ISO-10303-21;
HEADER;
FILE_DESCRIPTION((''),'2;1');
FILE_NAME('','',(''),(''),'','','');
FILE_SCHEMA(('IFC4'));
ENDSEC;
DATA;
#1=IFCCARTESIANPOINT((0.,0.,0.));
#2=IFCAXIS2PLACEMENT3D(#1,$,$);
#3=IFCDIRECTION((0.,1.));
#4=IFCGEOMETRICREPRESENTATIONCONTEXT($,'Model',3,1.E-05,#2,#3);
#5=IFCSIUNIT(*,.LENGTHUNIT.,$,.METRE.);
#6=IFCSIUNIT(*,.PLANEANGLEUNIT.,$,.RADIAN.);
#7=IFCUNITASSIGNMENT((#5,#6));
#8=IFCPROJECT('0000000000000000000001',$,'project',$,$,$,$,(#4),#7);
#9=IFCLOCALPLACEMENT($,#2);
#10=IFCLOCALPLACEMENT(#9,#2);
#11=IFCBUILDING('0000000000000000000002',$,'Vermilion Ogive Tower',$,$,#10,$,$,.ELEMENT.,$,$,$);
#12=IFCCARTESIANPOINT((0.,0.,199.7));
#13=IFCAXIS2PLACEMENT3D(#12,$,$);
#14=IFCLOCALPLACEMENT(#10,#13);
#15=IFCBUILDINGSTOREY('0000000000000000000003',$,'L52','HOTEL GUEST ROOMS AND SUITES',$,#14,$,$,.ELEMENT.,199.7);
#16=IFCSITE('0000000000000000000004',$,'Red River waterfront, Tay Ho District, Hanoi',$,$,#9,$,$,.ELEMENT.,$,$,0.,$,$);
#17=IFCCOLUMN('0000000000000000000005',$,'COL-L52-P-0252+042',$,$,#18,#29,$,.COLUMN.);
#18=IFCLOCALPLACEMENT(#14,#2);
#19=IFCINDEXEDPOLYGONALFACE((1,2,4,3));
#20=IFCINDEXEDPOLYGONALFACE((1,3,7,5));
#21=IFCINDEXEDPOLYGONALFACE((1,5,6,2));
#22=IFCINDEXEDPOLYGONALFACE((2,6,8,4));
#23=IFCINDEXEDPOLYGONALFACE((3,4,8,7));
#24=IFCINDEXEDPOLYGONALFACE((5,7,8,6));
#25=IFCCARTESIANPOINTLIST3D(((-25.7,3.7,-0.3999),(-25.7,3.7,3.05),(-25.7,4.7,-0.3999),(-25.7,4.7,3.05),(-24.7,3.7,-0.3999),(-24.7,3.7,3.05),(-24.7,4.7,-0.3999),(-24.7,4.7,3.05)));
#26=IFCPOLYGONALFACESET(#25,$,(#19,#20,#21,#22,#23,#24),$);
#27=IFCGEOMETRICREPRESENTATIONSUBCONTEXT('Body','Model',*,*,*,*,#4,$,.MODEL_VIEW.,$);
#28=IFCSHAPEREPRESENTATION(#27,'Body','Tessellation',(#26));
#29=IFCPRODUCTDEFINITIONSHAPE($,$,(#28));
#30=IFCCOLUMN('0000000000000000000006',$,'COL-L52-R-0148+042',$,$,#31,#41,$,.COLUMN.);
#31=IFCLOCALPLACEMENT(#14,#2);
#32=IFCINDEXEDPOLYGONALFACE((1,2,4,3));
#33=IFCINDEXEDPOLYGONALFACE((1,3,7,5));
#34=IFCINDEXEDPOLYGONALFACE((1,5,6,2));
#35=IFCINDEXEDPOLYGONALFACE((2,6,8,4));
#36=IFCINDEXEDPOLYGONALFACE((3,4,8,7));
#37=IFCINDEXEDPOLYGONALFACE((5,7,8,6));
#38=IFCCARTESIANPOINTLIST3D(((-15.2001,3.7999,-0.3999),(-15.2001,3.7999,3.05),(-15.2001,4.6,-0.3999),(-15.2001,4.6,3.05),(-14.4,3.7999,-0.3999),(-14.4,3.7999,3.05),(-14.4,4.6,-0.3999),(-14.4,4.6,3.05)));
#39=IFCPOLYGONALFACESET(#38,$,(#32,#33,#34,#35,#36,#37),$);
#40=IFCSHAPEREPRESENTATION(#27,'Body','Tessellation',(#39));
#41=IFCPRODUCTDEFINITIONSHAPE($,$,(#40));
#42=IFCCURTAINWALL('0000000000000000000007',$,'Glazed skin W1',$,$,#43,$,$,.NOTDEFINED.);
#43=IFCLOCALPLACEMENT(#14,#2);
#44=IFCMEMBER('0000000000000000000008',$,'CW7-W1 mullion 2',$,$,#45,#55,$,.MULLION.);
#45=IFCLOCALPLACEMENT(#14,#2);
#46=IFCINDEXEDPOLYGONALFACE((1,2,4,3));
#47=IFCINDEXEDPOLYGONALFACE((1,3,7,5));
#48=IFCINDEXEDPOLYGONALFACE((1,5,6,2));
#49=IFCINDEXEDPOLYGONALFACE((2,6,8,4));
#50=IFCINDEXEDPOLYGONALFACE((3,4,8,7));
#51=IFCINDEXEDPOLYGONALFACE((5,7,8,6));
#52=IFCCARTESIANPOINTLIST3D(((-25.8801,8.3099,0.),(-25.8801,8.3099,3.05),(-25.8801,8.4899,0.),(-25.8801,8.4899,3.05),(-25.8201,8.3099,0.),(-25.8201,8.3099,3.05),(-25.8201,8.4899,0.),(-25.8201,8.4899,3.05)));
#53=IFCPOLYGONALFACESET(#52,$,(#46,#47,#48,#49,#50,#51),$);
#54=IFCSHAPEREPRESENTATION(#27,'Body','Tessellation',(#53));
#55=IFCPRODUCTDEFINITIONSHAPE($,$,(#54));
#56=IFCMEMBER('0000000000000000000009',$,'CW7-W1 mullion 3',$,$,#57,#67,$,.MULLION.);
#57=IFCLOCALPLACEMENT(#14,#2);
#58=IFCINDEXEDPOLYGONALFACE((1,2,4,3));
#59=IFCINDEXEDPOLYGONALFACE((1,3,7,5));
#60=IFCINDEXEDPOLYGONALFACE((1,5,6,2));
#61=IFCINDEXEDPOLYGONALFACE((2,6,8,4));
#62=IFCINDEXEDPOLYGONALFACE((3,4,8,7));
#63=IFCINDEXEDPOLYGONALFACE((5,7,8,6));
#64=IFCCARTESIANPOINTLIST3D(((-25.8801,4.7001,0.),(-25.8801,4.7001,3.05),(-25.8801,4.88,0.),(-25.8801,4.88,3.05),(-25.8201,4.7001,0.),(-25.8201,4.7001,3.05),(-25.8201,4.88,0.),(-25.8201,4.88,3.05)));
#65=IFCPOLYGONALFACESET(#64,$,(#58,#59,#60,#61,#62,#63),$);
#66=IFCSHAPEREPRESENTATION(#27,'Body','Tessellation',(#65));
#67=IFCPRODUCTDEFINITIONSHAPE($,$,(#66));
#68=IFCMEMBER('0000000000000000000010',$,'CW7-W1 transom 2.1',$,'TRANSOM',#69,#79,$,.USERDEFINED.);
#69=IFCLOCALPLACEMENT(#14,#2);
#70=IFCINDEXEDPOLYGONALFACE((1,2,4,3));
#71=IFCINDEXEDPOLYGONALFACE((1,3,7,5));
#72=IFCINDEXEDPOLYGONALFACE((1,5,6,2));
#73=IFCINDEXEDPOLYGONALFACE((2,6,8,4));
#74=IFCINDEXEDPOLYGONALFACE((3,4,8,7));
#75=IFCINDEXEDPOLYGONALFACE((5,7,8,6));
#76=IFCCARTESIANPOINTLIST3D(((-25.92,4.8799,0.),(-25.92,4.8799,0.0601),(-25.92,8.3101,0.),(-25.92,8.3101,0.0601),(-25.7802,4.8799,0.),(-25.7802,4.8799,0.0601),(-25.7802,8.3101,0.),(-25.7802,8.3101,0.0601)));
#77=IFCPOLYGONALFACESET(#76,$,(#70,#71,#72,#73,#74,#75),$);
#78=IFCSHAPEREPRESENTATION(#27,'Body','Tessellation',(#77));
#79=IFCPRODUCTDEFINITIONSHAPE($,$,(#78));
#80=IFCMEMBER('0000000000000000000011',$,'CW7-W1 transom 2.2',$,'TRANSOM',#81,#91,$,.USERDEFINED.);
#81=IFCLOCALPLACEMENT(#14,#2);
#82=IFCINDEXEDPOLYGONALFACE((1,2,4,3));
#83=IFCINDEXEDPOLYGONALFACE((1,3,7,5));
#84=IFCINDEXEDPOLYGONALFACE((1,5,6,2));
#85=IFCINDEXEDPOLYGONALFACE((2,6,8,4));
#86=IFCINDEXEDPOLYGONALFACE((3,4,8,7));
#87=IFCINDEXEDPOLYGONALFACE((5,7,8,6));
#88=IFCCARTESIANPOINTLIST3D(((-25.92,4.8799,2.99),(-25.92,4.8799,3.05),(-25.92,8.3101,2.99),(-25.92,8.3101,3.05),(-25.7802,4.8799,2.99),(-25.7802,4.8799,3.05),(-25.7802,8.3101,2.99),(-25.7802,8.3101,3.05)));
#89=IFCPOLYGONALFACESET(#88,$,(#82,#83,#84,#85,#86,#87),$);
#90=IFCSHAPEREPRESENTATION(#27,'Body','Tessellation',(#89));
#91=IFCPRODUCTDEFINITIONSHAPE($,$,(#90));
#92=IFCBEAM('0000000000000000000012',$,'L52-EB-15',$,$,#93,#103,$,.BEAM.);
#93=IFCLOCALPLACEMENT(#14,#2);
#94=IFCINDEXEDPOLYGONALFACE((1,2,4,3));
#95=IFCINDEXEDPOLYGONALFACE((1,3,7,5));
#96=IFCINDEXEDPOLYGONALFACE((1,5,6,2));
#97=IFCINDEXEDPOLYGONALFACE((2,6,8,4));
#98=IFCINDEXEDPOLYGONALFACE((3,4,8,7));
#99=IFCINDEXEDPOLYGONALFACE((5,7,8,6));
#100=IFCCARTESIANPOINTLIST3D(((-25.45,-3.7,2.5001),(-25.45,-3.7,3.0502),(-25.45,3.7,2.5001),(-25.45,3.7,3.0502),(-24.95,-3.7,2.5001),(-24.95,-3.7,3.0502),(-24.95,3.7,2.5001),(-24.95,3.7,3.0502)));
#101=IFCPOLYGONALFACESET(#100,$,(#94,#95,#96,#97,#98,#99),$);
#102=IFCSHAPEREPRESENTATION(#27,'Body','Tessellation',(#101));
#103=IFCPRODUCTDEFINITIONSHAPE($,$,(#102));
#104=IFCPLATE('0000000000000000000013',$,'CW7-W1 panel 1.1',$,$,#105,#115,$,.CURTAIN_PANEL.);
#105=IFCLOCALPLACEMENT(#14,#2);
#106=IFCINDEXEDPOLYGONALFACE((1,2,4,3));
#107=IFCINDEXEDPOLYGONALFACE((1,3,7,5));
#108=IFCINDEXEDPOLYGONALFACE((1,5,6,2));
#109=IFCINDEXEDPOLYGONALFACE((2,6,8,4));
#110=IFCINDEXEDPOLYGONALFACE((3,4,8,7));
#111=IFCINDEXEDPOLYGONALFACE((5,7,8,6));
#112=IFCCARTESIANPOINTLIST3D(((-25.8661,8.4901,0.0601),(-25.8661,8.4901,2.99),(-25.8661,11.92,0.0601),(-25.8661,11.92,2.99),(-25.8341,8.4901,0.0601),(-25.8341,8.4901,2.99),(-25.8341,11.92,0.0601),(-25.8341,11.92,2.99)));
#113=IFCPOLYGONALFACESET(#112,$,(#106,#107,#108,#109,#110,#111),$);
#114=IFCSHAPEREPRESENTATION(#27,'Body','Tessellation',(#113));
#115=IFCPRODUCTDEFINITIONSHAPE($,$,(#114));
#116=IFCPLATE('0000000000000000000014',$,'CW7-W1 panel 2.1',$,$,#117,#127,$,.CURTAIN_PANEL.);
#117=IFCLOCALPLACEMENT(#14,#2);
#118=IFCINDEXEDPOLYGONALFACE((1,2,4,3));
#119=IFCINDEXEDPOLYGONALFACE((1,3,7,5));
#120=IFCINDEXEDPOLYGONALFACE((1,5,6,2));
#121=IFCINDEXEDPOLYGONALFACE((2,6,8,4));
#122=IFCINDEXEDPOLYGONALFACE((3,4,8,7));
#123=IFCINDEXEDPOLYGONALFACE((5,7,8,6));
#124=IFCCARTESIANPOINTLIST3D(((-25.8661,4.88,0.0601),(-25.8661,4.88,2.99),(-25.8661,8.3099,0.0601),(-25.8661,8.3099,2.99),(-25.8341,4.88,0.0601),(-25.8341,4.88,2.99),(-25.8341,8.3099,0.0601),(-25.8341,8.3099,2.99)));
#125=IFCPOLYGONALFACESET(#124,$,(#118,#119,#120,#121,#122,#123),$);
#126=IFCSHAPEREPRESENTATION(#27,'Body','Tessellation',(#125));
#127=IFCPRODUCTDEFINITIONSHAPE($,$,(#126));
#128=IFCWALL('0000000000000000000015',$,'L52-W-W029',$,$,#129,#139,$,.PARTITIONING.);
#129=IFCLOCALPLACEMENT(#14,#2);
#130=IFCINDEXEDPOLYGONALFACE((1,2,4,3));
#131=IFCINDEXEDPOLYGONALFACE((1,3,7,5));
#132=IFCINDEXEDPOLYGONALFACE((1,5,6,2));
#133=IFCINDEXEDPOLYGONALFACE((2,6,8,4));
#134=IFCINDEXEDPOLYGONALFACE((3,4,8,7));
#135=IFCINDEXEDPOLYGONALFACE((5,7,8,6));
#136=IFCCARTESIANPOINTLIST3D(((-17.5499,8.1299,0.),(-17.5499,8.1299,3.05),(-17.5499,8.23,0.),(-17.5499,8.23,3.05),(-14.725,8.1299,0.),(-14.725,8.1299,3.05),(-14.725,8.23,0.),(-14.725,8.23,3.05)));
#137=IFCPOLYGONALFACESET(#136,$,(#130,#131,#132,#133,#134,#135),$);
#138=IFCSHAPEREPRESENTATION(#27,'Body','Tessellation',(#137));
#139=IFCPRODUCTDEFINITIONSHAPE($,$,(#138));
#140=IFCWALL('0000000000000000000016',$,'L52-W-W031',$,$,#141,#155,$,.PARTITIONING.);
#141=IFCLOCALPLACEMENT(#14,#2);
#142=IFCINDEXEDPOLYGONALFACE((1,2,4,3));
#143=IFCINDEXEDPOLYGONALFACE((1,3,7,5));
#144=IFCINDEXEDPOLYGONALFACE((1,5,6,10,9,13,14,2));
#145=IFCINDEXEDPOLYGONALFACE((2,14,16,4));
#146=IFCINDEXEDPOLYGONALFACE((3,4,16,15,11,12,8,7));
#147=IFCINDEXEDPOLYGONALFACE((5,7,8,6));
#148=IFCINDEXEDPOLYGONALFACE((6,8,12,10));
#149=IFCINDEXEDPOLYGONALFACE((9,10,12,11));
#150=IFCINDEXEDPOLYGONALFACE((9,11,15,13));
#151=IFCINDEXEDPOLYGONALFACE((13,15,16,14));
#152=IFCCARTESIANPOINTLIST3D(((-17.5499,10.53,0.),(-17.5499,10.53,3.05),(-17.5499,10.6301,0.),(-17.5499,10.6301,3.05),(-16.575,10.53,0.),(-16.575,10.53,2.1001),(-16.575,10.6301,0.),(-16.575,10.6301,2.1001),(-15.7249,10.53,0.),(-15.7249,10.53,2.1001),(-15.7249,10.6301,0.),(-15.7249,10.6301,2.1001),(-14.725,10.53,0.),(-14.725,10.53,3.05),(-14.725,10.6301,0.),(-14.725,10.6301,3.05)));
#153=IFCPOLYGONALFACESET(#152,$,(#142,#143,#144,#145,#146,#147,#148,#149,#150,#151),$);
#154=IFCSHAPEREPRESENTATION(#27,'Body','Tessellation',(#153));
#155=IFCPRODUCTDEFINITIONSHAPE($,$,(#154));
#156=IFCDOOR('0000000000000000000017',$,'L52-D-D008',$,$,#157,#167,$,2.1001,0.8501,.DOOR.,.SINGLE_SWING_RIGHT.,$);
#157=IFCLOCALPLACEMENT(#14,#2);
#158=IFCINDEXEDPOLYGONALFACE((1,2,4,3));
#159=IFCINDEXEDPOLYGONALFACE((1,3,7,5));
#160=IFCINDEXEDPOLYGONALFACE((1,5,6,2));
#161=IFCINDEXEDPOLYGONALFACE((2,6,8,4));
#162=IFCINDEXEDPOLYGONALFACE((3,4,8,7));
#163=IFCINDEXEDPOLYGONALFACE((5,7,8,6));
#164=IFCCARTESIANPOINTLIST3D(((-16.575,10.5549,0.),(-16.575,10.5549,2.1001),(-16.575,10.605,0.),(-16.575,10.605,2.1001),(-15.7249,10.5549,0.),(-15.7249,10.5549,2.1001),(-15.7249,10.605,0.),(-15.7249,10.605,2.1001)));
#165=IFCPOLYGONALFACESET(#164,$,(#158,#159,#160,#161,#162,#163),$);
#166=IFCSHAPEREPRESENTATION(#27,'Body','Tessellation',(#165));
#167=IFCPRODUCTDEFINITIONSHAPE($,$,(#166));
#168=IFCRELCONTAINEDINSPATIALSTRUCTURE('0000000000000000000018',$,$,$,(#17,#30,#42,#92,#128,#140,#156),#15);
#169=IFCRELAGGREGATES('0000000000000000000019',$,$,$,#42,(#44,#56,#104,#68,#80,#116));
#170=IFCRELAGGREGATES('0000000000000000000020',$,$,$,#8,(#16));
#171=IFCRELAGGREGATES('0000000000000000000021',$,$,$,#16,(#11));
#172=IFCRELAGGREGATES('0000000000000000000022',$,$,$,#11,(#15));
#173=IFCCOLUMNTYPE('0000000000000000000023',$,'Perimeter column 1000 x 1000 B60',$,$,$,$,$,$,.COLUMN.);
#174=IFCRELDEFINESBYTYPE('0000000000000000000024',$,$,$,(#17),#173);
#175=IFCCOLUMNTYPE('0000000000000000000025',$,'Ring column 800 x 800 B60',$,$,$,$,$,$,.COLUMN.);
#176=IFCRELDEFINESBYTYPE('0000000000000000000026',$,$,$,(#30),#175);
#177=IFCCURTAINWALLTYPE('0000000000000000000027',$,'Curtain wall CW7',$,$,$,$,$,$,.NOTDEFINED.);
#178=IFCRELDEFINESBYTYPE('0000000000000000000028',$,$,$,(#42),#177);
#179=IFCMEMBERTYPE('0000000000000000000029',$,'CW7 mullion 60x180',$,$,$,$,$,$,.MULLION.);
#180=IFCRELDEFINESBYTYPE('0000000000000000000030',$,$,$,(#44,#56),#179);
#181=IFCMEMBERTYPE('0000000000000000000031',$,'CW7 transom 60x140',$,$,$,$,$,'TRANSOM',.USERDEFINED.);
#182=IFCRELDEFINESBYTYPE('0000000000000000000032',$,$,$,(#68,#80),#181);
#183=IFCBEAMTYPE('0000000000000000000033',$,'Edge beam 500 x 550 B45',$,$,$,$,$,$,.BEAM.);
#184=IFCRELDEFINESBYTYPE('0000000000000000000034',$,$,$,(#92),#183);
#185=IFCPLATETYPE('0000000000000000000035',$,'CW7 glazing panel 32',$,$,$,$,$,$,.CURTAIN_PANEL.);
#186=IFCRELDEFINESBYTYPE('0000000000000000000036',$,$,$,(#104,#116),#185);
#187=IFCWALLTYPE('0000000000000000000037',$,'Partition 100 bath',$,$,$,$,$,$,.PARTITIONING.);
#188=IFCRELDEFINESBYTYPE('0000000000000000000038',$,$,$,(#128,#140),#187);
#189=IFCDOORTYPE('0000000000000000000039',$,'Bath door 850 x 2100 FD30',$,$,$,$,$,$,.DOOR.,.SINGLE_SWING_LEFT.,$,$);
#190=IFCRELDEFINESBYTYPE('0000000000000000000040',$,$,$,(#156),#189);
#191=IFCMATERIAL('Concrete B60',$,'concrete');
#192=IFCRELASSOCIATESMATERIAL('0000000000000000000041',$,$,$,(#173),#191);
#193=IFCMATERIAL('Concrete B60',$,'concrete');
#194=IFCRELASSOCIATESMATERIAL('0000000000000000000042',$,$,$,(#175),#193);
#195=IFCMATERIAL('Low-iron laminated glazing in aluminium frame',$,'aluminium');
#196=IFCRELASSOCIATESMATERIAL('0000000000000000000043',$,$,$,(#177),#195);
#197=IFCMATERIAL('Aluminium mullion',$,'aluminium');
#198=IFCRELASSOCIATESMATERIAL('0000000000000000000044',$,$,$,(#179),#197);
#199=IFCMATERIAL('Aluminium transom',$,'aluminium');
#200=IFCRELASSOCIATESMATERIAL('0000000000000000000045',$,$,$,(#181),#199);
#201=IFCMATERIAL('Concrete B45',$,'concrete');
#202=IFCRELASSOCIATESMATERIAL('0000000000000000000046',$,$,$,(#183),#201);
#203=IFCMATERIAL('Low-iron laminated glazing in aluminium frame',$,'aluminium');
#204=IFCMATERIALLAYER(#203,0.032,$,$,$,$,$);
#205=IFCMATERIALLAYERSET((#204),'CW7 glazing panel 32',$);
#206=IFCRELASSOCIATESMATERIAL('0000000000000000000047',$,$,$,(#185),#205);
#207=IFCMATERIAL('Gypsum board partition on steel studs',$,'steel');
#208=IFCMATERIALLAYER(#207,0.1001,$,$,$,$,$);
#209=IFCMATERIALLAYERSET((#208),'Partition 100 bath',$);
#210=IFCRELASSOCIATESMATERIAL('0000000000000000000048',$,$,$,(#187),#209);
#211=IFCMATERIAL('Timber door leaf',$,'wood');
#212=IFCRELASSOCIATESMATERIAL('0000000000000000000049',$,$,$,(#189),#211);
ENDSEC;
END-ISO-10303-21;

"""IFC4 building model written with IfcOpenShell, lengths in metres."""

from ifc_helpers import new_model, si_unit, direction, frame, frame_2d, origin, origin_2d, place, context, subcontext, project, spatial, rectangle, extrude, material, layer, layer_set, material_profile, profile_set, type_object, element, fill, aggregate, save


model = new_model("IFC4")

# Units and contexts
model_context = context("Model", 3, precision=1e-05, world=origin(), true_north=direction((0.0, 1.0)))
body_context = subcontext(model_context, "Body", "Model", "MODEL_VIEW")
ifc_project = project(units=[si_unit("LENGTHUNIT", "METRE"), si_unit("PLANEANGLEUNIT", "RADIAN")], contexts=[model_context])

# Site, building, storey
site_placement = place(None, origin())
site = spatial("IfcSite", under=ifc_project, at=site_placement, Name="Red River waterfront, Tay Ho District, Hanoi", CompositionType="ELEMENT", RefElevation=0.0)
building_placement = place(site_placement, origin())
building = spatial("IfcBuilding", under=site, at=building_placement, Name="Vermilion Ogive Tower", CompositionType="ELEMENT")
storey_placement = place(building_placement, frame((0.0, 0.0, 199.7)))
storey = spatial("IfcBuildingStorey", under=building, at=storey_placement, Name="L52", Description="HOTEL GUEST ROOMS AND SUITES", CompositionType="ELEMENT", Elevation=199.7)

# Columns
ifc_material_1 = material(Name="Concrete B60", Category="concrete")
ifc_material_profile_1 = material_profile(ifc_material_1, rectangle(XDim=1.0, YDim=1.0, at=origin_2d()), Name="1000 x 1000")
ifc_profile_set_1 = profile_set([ifc_material_profile_1], Name="Concrete B60")
column_type_1 = type_object("IfcColumnType", Name="Perimeter column 1000 x 1000 B60", PredefinedType="COLUMN", material=ifc_profile_set_1)
column_1_placement = place(storey_placement, frame((-25.2, 4.2, -0.3999), z_axis=(0.0, 0.0, 1.0), x_axis=(1.0, 0.0, 0.0)))
element("IfcColumn", 1, at=column_1_placement, inside=storey, type_object=column_type_1, Name="COL-L52-P-0252+042", PredefinedType="COLUMN", context=body_context, shape_type="SweptSolid", body=[
    extrude(rectangle(XDim=1.0, YDim=1.0, at=origin_2d()), origin(), (0.0, 0.0, 1.0), 3.45),
])
ifc_material_2 = material(Name="Concrete B60", Category="concrete")
ifc_material_profile_2 = material_profile(ifc_material_2, rectangle(XDim=0.8, YDim=0.8, at=origin_2d()), Name="800 x 800")
ifc_profile_set_2 = profile_set([ifc_material_profile_2], Name="Concrete B60")
column_type_2 = type_object("IfcColumnType", Name="Ring column 800 x 800 B60", PredefinedType="COLUMN", material=ifc_profile_set_2)
column_2_placement = place(storey_placement, frame((-14.8, 4.2, -0.3999), z_axis=(0.0, 0.0, 1.0), x_axis=(1.0, 0.0, 0.0)))
element("IfcColumn", 2, at=column_2_placement, inside=storey, type_object=column_type_2, Name="COL-L52-R-0148+042", PredefinedType="COLUMN", context=body_context, shape_type="SweptSolid", body=[
    extrude(rectangle(XDim=0.8, YDim=0.8, at=origin_2d()), origin(), (0.0, 0.0, 1.0), 3.45),
])

# Curtain wall, members
ifc_material_3 = material(Name="Low-iron laminated glazing in aluminium frame", Category="aluminium")
curtain_wall_type = type_object("IfcCurtainWallType", Name="Curtain wall CW7", PredefinedType="NOTDEFINED", material=ifc_material_3)
curtain_wall_placement = place(storey_placement, origin())
curtain_wall = element("IfcCurtainWall", 3, at=curtain_wall_placement, inside=storey, type_object=curtain_wall_type, Name="Glazed skin W1", PredefinedType="NOTDEFINED")
ifc_material_4 = material(Name="Aluminium mullion", Category="aluminium")
ifc_material_profile_3 = material_profile(ifc_material_4, rectangle(XDim=0.0601, YDim=0.1799, at=origin_2d()), Name="AL 60x180")
ifc_profile_set_3 = profile_set([ifc_material_profile_3], Name="Aluminium mullion")
member_type_1 = type_object("IfcMemberType", Name="CW7 mullion 60x180", PredefinedType="MULLION", material=ifc_profile_set_3)
member_1_placement = place(storey_placement, frame((-25.8501, 8.3999, 0.0), z_axis=(0.0, 0.0, 1.0), x_axis=(1.0, 0.0, 0.0)))
member_1 = element("IfcMember", 4, at=member_1_placement, type_object=member_type_1, Name="CW7-W1 mullion 2", PredefinedType="MULLION", context=body_context, shape_type="SweptSolid", body=[
    extrude(rectangle(XDim=0.0601, YDim=0.1799, at=origin_2d()), origin(), (0.0, 0.0, 1.0), 3.05),
])
member_2_placement = place(storey_placement, frame((-25.8501, 4.79, 0.0), z_axis=(0.0, 0.0, 1.0), x_axis=(1.0, 0.0, 0.0)))
member_2 = element("IfcMember", 5, at=member_2_placement, type_object=member_type_1, Name="CW7-W1 mullion 3", PredefinedType="MULLION", context=body_context, shape_type="SweptSolid", body=[
    extrude(rectangle(XDim=0.0601, YDim=0.1799, at=origin_2d()), origin(), (0.0, 0.0, 1.0), 3.05),
])
ifc_material_5 = material(Name="Aluminium transom", Category="aluminium")
ifc_material_profile_4 = material_profile(ifc_material_5, rectangle(XDim=0.1399, YDim=0.0601, at=origin_2d()), Name="AL 60x140")
ifc_profile_set_4 = profile_set([ifc_material_profile_4], Name="Aluminium transom")
member_type_2 = type_object("IfcMemberType", Name="CW7 transom 60x140", ElementType="TRANSOM", PredefinedType="USERDEFINED", material=ifc_profile_set_4)
member_3_placement = place(storey_placement, frame((-25.8501, 8.3101, 0.03), z_axis=(0.0, -1.0, 0.0), x_axis=(1.0, 0.0, 0.0)))
member_3 = element("IfcMember", 6, at=member_3_placement, type_object=member_type_2, Name="CW7-W1 transom 2.1", ObjectType="TRANSOM", PredefinedType="USERDEFINED", context=body_context, shape_type="SweptSolid", body=[
    extrude(rectangle(XDim=0.1399, YDim=0.0601, at=origin_2d()), origin(), (0.0, 0.0, 1.0), 3.4302),
])
member_4_placement = place(storey_placement, frame((-25.8501, 8.3101, 3.02), z_axis=(0.0, -1.0, 0.0), x_axis=(1.0, 0.0, 0.0)))
member_4 = element("IfcMember", 7, at=member_4_placement, type_object=member_type_2, Name="CW7-W1 transom 2.2", ObjectType="TRANSOM", PredefinedType="USERDEFINED", context=body_context, shape_type="SweptSolid", body=[
    extrude(rectangle(XDim=0.1399, YDim=0.0601, at=origin_2d()), origin(), (0.0, 0.0, 1.0), 3.4302),
])

# Beam
ifc_material_6 = material(Name="Concrete B45", Category="concrete")
ifc_material_profile_5 = material_profile(ifc_material_6, rectangle(XDim=0.5, YDim=0.55, at=origin_2d()), Name="500 x 550")
ifc_profile_set_5 = profile_set([ifc_material_profile_5], Name="Concrete B45")
beam_type = type_object("IfcBeamType", Name="Edge beam 500 x 550 B45", PredefinedType="BEAM", material=ifc_profile_set_5)
beam_placement = place(storey_placement, frame((-25.2, 3.7, 2.7751), z_axis=(0.0, -1.0, 0.0), x_axis=(1.0, 0.0, 0.0)))
element("IfcBeam", 8, at=beam_placement, inside=storey, type_object=beam_type, Name="L52-EB-15", PredefinedType="BEAM", context=body_context, shape_type="SweptSolid", body=[
    extrude(rectangle(XDim=0.5, YDim=0.55, at=origin_2d()), origin(), (0.0, 0.0, 1.0), 7.3999),
])

# Plates
ifc_material_7 = material(Name="Low-iron laminated glazing in aluminium frame", Category="aluminium")
ifc_layer_1 = layer(ifc_material_7, 0.032)
ifc_layer_set_1 = layer_set([ifc_layer_1], Name="CW7 glazing panel 32")
plate_type = type_object("IfcPlateType", Name="CW7 glazing panel 32", PredefinedType="CURTAIN_PANEL", material=ifc_layer_set_1)
plate_1_placement = place(storey_placement, frame((-25.8501, 10.2051, 0.0601), z_axis=(0.0, 0.0, 1.0), x_axis=(0.0, -1.0, 0.0)))
plate_1 = element("IfcPlate", 9, at=plate_1_placement, type_object=plate_type, Name="CW7-W1 panel 1.1", PredefinedType="CURTAIN_PANEL", context=body_context, shape_type="SweptSolid", body=[
    extrude(rectangle(XDim=3.4299, YDim=0.032, at=origin_2d()), origin(), (0.0, 0.0, 1.0), 2.9299),
])
plate_2_placement = place(storey_placement, frame((-25.8501, 6.595, 0.0601), z_axis=(0.0, 0.0, 1.0), x_axis=(0.0, -1.0, 0.0)))
plate_2 = element("IfcPlate", 10, at=plate_2_placement, type_object=plate_type, Name="CW7-W1 panel 2.1", PredefinedType="CURTAIN_PANEL", context=body_context, shape_type="SweptSolid", body=[
    extrude(rectangle(XDim=3.4299, YDim=0.032, at=origin_2d()), origin(), (0.0, 0.0, 1.0), 2.9299),
])
aggregate(curtain_wall, [member_1, member_2, plate_1, member_3, member_4, plate_2])

# Wall
ifc_material_8 = material(Name="Gypsum board partition on steel studs", Category="steel")
ifc_layer_2 = layer(ifc_material_8, 0.1001)
ifc_layer_set_2 = layer_set([ifc_layer_2], Name="Partition 100 bath")
wall_type_1 = type_object("IfcWallType", Name="Partition 100 bath", PredefinedType="PARTITIONING", material=ifc_layer_set_2)
wall_1_placement = place(storey_placement, frame((-17.55, 8.1799, 0.0), z_axis=(0.0, 0.0, 1.0), x_axis=(1.0, 0.0, 0.0)))
element("IfcWall", 11, at=wall_1_placement, inside=storey, type_object=wall_type_1, Name="L52-W-W029", PredefinedType="PARTITIONING", context=body_context, shape_type="SweptSolid", body=[
    extrude(rectangle(XDim=2.825, YDim=0.1001, at=frame_2d((1.4126, 0.0))), origin(), (0.0, 0.0, 1.0), 3.05),
])

# Wall, opening, door
wall_2_placement = place(storey_placement, frame((-17.55, 10.5801, 0.0), z_axis=(0.0, 0.0, 1.0), x_axis=(1.0, 0.0, 0.0)))
wall_2 = element("IfcWall", 12, at=wall_2_placement, inside=storey, type_object=wall_type_1, Name="L52-W-W031", PredefinedType="PARTITIONING", context=body_context, shape_type="SweptSolid", body=[
    extrude(rectangle(XDim=2.825, YDim=0.1001, at=frame_2d((1.4126, 0.0))), origin(), (0.0, 0.0, 1.0), 3.05),
])
opening_1_placement = place(wall_2_placement, frame((0.9751, 0.0, 0.0)))
opening_1 = element("IfcOpeningElement", 13, at=opening_1_placement, cuts=wall_2, PredefinedType="OPENING", context=body_context, shape_type="SweptSolid", body=[
    extrude(rectangle(XDim=0.8501, YDim=2.1001, at=frame_2d((0.425, 1.05))), frame((0.0, 0.0601, 0.0), z_axis=(0.0, -1.0, 0.0), x_axis=(1.0, 0.0, 0.0)), (0.0, 0.0, 1.0), 0.1201),
])
ifc_material_9 = material(Name="Timber door leaf", Category="wood")
door_type_1 = type_object("IfcDoorType", Name="Bath door 850 x 2100 FD30", OperationType="SINGLE_SWING_LEFT", PredefinedType="DOOR", material=ifc_material_9)
door_1_placement = place(opening_1_placement, origin())
door_1 = element("IfcDoor", 14, at=door_1_placement, inside=storey, type_object=door_type_1, Name="L52-D-D008", OperationType="SINGLE_SWING_RIGHT", OverallHeight=2.1001, OverallWidth=0.8501, PredefinedType="DOOR", context=body_context, shape_type="SweptSolid", body=[
    extrude(rectangle(XDim=0.8501, YDim=2.1001, at=frame_2d((0.425, 1.05))), frame((0.0, 0.0249, 0.0), z_axis=(0.0, -1.0, 0.0), x_axis=(1.0, 0.0, 0.0)), (0.0, 0.0, 1.0), 0.05),
])
fill(opening_1, door_1)

save(model, "model.ifc")
